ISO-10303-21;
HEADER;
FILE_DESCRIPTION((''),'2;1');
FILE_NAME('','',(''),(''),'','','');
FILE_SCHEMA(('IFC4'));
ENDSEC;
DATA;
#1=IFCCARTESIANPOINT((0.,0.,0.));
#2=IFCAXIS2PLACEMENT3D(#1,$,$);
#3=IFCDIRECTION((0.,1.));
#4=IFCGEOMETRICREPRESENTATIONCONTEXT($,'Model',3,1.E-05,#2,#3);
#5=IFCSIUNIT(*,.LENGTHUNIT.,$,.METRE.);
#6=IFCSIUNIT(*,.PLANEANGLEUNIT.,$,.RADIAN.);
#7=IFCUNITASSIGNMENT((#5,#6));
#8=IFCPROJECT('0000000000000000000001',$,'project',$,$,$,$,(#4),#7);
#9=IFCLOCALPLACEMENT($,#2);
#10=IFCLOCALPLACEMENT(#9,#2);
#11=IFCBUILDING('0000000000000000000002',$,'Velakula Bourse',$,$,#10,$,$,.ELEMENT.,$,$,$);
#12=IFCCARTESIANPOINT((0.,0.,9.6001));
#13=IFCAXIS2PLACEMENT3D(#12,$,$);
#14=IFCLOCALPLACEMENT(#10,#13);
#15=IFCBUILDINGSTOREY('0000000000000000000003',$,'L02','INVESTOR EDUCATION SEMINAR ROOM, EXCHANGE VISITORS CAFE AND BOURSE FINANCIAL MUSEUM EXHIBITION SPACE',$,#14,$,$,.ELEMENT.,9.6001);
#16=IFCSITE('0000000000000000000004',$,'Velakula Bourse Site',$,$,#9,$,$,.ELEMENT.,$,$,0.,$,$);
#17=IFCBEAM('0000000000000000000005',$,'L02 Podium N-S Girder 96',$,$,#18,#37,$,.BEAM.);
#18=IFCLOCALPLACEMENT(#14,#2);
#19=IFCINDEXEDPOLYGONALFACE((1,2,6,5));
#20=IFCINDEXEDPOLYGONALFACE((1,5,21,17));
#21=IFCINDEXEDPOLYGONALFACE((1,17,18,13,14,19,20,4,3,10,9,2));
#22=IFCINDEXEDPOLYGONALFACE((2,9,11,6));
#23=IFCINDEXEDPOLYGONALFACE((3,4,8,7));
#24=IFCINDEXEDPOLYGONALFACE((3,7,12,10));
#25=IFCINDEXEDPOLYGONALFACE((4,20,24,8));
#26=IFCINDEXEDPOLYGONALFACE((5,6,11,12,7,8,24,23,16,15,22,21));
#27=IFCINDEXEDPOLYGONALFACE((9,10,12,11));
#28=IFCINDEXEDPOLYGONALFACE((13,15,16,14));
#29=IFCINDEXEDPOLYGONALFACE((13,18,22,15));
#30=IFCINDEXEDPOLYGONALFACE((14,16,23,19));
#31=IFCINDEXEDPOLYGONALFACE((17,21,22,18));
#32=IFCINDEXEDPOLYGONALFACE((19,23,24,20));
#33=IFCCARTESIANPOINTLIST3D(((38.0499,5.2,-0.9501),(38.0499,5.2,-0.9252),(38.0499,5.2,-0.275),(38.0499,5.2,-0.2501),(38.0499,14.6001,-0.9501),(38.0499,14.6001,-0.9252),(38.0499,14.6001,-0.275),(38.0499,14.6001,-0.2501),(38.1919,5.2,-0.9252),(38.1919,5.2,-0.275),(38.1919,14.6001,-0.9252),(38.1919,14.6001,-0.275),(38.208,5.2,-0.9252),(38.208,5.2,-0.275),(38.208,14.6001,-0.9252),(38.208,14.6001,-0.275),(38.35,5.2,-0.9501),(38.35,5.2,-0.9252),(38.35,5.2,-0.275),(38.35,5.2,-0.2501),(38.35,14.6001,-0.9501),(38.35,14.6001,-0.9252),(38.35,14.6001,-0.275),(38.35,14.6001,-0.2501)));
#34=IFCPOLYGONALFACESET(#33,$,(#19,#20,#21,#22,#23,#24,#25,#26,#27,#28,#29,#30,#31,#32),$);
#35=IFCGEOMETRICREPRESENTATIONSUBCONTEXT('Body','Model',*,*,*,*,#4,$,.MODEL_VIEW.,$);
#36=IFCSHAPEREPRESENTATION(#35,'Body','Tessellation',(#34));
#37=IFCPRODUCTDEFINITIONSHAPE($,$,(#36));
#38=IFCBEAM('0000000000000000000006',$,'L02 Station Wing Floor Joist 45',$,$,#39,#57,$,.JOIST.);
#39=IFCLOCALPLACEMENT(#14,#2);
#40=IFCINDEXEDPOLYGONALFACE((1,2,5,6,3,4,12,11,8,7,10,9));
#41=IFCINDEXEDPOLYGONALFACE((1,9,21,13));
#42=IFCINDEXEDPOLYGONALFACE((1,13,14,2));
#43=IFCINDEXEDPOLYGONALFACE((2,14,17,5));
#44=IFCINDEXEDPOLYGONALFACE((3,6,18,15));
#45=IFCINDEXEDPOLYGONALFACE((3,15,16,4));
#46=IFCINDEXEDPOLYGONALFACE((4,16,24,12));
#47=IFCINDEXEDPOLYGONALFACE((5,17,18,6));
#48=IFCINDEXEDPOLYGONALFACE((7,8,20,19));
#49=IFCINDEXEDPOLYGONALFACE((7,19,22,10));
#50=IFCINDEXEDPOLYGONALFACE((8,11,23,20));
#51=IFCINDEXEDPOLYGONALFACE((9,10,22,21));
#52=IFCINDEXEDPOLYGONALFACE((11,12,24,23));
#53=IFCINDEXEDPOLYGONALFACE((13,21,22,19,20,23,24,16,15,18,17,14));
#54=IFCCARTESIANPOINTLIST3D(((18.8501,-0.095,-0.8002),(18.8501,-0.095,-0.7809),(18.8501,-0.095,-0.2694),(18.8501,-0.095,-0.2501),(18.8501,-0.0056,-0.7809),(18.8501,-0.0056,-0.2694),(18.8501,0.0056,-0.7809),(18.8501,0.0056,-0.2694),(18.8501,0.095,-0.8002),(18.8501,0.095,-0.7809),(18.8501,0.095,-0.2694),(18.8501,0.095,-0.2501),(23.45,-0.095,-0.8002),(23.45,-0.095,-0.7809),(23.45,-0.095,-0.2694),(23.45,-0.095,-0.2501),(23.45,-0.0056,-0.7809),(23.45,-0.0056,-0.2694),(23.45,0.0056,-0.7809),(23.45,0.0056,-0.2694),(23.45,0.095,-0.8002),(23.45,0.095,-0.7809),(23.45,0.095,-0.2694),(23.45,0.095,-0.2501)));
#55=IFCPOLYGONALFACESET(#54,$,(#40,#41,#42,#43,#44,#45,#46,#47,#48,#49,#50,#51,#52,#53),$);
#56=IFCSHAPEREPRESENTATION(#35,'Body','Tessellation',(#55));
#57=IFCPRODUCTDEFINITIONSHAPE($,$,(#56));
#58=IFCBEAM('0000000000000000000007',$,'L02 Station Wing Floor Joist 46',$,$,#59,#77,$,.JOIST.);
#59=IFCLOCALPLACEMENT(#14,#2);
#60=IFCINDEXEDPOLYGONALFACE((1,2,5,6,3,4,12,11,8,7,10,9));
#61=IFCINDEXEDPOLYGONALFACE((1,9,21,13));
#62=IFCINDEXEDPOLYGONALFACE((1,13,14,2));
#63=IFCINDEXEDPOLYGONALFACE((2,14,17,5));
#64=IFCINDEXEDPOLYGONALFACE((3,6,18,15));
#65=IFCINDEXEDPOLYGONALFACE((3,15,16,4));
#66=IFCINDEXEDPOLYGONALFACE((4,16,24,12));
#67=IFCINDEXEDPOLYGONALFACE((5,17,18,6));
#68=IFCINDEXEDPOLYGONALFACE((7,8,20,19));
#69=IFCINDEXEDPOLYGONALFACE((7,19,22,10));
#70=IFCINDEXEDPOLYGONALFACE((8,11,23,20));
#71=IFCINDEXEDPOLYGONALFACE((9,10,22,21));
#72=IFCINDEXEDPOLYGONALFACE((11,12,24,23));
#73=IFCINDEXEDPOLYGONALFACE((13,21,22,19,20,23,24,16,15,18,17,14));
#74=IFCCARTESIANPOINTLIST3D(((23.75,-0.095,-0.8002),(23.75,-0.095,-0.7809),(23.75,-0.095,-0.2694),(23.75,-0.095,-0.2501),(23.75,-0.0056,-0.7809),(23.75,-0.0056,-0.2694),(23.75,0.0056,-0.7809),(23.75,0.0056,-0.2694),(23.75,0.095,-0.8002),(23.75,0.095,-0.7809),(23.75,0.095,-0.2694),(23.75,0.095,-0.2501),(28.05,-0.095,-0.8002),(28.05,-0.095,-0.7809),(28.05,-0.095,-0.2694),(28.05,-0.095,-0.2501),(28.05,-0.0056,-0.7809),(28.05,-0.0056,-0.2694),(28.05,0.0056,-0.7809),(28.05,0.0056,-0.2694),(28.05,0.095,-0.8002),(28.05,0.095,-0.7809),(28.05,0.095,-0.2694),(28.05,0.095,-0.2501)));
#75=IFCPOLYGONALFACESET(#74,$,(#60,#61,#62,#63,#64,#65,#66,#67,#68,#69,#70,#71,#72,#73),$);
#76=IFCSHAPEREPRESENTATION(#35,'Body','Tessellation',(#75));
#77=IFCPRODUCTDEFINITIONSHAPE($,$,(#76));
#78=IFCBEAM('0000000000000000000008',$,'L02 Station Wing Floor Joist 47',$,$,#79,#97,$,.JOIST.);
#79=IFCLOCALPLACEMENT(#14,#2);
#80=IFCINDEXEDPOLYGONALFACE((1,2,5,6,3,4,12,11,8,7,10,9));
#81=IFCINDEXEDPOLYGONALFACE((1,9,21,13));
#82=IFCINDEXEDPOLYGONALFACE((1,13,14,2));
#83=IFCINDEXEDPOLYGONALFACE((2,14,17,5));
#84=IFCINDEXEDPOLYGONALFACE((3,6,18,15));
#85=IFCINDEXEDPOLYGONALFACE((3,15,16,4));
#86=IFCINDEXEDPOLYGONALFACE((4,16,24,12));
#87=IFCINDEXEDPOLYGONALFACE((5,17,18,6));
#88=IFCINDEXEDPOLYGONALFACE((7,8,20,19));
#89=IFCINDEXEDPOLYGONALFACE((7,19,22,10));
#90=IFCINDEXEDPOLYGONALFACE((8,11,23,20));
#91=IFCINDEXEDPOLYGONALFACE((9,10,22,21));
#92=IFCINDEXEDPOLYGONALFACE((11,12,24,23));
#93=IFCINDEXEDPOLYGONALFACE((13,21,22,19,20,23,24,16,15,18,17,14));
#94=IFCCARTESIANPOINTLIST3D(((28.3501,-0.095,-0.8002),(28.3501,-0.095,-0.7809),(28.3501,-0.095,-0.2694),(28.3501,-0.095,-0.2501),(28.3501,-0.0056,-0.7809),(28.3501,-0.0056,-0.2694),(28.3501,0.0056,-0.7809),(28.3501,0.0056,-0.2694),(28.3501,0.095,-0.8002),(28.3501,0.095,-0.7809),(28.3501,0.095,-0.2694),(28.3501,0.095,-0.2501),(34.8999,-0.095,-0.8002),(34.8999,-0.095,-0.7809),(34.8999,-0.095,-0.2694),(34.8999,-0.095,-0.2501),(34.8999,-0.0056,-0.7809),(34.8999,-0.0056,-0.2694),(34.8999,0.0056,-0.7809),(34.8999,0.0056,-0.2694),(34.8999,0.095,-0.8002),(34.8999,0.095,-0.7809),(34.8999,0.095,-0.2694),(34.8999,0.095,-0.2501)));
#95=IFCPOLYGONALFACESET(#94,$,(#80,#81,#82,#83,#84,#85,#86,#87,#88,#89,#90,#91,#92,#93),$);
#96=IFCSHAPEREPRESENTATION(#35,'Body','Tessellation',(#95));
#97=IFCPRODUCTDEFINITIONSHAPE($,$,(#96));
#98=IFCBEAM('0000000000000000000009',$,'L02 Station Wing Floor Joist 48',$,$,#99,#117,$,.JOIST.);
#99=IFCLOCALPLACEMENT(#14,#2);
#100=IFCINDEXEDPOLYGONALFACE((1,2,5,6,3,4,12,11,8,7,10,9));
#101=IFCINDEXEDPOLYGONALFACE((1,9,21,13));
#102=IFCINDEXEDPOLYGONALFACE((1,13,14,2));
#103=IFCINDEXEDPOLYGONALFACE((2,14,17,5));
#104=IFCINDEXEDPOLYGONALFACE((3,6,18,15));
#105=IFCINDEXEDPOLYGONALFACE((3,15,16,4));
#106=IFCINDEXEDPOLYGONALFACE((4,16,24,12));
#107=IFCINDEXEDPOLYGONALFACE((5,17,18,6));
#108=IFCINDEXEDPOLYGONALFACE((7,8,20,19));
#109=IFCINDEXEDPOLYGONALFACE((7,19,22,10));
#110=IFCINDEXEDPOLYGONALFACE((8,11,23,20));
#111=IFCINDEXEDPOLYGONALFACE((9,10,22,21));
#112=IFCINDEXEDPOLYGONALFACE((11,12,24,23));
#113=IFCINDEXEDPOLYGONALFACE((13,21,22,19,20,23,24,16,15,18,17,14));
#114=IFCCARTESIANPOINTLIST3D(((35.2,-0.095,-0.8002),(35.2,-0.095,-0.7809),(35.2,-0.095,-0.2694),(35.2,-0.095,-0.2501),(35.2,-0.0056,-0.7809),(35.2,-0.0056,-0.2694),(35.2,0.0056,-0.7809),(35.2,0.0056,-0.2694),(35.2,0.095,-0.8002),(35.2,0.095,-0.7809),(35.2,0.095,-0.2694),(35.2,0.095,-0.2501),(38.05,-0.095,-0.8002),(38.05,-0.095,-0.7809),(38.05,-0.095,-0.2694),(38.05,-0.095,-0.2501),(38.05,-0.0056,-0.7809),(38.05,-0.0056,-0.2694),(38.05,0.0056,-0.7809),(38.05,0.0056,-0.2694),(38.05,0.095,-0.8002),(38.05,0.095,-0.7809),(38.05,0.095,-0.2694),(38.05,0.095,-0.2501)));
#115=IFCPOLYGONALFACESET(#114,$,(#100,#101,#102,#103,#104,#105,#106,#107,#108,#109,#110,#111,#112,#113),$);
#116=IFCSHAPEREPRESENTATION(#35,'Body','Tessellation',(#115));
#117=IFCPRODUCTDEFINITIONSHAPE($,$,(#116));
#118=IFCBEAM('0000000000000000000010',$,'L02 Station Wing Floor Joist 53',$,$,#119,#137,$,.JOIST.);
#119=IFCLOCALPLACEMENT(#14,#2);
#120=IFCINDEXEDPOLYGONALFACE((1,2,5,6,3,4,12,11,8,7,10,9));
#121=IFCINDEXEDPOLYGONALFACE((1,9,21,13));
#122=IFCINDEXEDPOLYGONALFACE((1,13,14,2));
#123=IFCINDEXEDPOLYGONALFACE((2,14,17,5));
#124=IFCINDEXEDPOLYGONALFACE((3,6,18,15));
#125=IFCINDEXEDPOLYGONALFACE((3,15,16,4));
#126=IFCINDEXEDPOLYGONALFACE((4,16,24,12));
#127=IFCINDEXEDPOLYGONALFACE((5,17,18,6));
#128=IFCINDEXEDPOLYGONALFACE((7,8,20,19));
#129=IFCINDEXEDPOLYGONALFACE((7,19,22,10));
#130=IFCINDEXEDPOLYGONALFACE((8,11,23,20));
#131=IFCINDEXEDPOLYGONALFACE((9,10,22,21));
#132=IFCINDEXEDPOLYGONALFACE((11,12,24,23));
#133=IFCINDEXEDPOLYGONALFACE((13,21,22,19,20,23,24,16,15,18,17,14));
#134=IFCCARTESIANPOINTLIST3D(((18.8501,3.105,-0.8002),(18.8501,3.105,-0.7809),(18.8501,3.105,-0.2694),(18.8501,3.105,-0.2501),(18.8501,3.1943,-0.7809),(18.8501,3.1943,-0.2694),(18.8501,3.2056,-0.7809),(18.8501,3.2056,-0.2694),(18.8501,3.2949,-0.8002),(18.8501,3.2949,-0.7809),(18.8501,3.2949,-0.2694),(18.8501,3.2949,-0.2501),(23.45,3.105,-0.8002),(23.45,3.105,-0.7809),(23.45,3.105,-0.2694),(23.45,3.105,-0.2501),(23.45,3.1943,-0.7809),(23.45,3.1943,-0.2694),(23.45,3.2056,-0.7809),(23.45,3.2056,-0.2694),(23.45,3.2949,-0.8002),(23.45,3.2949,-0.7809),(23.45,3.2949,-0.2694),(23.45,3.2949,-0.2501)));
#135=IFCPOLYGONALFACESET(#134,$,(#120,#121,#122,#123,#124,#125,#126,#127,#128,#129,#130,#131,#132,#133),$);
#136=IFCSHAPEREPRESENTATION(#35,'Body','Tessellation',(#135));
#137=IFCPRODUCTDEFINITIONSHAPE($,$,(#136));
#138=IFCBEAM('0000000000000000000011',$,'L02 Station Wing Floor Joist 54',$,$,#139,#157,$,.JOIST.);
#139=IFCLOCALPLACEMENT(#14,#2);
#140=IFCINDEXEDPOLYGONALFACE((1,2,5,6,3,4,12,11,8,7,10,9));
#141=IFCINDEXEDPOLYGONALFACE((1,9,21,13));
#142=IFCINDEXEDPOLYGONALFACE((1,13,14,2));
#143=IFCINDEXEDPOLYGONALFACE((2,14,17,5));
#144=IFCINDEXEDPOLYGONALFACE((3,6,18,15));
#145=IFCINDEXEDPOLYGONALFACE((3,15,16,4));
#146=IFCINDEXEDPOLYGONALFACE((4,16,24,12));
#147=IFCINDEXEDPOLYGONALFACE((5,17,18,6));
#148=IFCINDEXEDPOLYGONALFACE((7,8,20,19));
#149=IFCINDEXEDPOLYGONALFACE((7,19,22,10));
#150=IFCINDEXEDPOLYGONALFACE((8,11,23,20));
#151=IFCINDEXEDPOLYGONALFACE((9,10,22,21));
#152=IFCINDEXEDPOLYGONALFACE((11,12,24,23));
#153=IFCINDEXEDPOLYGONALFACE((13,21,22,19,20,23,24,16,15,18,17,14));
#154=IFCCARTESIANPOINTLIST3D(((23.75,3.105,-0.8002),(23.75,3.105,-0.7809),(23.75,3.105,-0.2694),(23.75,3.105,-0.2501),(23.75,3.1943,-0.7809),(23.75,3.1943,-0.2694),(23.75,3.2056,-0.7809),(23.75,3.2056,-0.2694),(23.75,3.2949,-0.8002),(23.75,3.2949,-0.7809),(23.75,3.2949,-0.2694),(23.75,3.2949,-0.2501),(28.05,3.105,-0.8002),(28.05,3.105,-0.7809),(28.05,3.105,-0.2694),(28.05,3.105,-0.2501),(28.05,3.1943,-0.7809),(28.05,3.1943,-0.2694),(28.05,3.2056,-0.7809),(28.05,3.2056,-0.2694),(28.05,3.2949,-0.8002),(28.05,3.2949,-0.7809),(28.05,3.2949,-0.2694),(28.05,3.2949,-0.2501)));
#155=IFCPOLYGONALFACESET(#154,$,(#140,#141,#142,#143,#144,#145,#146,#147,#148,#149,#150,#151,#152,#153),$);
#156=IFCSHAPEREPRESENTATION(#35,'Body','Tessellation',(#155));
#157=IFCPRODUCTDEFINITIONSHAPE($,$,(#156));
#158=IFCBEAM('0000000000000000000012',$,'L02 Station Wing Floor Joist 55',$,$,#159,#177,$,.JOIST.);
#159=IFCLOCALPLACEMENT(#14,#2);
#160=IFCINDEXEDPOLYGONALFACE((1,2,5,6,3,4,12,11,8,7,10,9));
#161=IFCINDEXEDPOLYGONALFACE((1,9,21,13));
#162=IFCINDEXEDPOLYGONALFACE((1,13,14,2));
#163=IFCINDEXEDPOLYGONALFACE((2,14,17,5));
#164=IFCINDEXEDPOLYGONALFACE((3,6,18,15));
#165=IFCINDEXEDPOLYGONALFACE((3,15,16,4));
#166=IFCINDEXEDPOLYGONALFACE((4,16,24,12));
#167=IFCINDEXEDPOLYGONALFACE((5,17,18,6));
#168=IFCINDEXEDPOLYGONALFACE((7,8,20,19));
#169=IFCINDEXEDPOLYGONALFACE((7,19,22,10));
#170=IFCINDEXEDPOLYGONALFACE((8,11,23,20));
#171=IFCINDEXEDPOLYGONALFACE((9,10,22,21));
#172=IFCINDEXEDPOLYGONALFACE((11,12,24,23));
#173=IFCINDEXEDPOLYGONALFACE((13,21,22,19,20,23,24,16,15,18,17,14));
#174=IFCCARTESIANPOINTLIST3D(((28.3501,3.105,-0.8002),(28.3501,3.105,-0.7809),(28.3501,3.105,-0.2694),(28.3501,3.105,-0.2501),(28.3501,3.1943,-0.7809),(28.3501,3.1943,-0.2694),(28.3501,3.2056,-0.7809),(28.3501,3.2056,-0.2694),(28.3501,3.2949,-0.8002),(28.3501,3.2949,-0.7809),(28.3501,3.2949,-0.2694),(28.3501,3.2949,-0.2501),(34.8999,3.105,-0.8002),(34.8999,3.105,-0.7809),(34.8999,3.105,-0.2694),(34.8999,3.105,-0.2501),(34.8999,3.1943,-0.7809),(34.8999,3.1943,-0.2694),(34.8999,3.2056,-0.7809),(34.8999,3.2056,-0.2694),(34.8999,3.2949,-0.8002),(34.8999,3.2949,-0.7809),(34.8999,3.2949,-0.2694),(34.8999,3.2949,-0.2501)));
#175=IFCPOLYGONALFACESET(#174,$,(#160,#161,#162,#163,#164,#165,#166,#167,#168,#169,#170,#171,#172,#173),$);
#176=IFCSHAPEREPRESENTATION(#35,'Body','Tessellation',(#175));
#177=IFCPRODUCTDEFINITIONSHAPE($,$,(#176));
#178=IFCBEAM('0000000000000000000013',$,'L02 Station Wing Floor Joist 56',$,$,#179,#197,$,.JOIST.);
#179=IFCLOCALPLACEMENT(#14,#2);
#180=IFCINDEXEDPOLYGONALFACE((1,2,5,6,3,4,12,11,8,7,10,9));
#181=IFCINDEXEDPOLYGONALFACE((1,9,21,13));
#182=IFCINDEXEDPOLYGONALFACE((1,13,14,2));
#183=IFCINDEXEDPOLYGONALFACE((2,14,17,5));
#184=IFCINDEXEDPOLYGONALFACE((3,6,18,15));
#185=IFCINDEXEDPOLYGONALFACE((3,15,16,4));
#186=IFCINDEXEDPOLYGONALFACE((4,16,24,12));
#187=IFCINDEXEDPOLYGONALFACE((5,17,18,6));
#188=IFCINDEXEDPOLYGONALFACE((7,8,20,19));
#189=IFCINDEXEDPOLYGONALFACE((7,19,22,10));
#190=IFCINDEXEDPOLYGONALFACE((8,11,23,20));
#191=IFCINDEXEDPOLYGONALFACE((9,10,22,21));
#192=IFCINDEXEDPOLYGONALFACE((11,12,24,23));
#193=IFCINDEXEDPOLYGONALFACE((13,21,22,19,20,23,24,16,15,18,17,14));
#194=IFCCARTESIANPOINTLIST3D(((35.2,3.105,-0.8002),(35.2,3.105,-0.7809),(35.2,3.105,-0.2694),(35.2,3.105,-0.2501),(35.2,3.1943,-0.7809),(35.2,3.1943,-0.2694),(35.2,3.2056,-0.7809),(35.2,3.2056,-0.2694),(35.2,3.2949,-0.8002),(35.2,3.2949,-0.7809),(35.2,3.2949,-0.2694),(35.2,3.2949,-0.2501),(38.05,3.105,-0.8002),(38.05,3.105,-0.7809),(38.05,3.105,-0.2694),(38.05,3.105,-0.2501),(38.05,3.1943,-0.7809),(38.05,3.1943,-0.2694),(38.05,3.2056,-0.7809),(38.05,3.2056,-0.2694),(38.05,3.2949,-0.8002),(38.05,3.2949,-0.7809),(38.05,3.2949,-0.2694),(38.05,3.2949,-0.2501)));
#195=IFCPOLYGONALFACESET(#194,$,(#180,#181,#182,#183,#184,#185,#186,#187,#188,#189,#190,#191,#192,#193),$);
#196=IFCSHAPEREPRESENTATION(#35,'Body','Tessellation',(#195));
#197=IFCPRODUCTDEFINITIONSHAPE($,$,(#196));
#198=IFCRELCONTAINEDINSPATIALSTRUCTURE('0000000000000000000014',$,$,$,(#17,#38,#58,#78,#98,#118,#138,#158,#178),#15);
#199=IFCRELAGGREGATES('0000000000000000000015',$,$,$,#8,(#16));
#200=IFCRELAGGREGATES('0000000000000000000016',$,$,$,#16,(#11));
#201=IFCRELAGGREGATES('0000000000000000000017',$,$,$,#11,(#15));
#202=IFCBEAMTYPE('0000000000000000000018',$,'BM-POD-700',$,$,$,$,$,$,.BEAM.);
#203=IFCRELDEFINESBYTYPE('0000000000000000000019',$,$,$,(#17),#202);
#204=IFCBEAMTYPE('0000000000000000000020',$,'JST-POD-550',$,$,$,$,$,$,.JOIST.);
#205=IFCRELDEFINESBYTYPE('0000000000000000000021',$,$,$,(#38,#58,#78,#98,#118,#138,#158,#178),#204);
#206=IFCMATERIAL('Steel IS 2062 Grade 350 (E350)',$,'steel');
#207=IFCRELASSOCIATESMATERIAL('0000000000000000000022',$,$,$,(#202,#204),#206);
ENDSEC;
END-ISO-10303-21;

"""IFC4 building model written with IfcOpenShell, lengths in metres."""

from ifc_helpers import new_model, si_unit, direction, frame, origin, origin_2d, place, context, subcontext, project, spatial, i_section, extrude, material, material_profile, profile_set, type_object, element, save


model = new_model("IFC4")

# Units and contexts
model_context = context("Model", 3, precision=1e-05, world=origin(), true_north=direction((0.0, 1.0)))
body_context = subcontext(model_context, "Body", "Model", "MODEL_VIEW")
ifc_project = project(units=[si_unit("LENGTHUNIT", "METRE"), si_unit("PLANEANGLEUNIT", "RADIAN")], contexts=[model_context])

# Site, building, storey
site_placement = place(None, origin())
site = spatial("IfcSite", under=ifc_project, at=site_placement, Name="Velakula Bourse Site", CompositionType="ELEMENT", RefElevation=0.0)
building_placement = place(site_placement, origin())
building = spatial("IfcBuilding", under=site, at=building_placement, Name="Velakula Bourse", CompositionType="ELEMENT")
storey_placement = place(building_placement, frame((0.0, 0.0, 9.6001)))
storey = spatial("IfcBuildingStorey", under=building, at=storey_placement, Name="L02", Description="INVESTOR EDUCATION SEMINAR ROOM, EXCHANGE VISITORS CAFE AND BOURSE FINANCIAL MUSEUM EXHIBITION SPACE", CompositionType="ELEMENT", Elevation=9.6001)

# Beams
ifc_material_1 = material(Name="Steel IS 2062 Grade 350 (E350)", Category="steel")
ifc_material_profile_1 = material_profile(ifc_material_1, i_section(OverallWidth=0.3, OverallDepth=0.7, WebThickness=0.0161, FlangeThickness=0.0249, at=origin_2d()), Name="Steel IS 2062 Grade 350 (E350)")
ifc_profile_set_1 = profile_set([ifc_material_profile_1], Name="Steel IS 2062 Grade 350 (E350)")
beam_type_1 = type_object("IfcBeamType", Name="BM-POD-700", PredefinedType="BEAM", material=ifc_profile_set_1)
beam_1_placement = place(storey_placement, frame((38.2, 5.2, -0.6001), z_axis=(0.0, 1.0, 0.0), x_axis=(-1.0, 0.0, 0.0)))
element("IfcBeam", 1, at=beam_1_placement, inside=storey, type_object=beam_type_1, Name="L02 Podium N-S Girder 96", PredefinedType="BEAM", context=body_context, shape_type="SweptSolid", body=[
    extrude(i_section(OverallWidth=0.3, OverallDepth=0.7, WebThickness=0.0161, FlangeThickness=0.0249, at=origin_2d()), origin(), (0.0, 0.0, 1.0), 9.4001),
])
ifc_material_profile_2 = material_profile(ifc_material_1, i_section(OverallWidth=0.1899, OverallDepth=0.55, WebThickness=0.0112, FlangeThickness=0.0193, at=origin_2d()), Name="Steel IS 2062 Grade 350 (E350)")
ifc_profile_set_2 = profile_set([ifc_material_profile_2], Name="Steel IS 2062 Grade 350 (E350)")
beam_type_2 = type_object("IfcBeamType", Name="JST-POD-550", PredefinedType="JOIST", material=ifc_profile_set_2)
beam_2_placement = place(storey_placement, frame((18.8501, 0.0, -0.5251), z_axis=(1.0, 0.0, 0.0), x_axis=(0.0, 1.0, 0.0)))
element("IfcBeam", 2, at=beam_2_placement, inside=storey, type_object=beam_type_2, Name="L02 Station Wing Floor Joist 45", PredefinedType="JOIST", context=body_context, shape_type="SweptSolid", body=[
    extrude(i_section(OverallWidth=0.1899, OverallDepth=0.55, WebThickness=0.0112, FlangeThickness=0.0193, at=origin_2d()), origin(), (0.0, 0.0, 1.0), 4.5999),
])
beam_3_placement = place(storey_placement, frame((23.75, 0.0, -0.5251), z_axis=(1.0, 0.0, 0.0), x_axis=(0.0, 1.0, 0.0)))
element("IfcBeam", 3, at=beam_3_placement, inside=storey, type_object=beam_type_2, Name="L02 Station Wing Floor Joist 46", PredefinedType="JOIST", context=body_context, shape_type="SweptSolid", body=[
    extrude(i_section(OverallWidth=0.1899, OverallDepth=0.55, WebThickness=0.0112, FlangeThickness=0.0193, at=origin_2d()), origin(), (0.0, 0.0, 1.0), 4.3),
])
beam_4_placement = place(storey_placement, frame((28.3501, 0.0, -0.5251), z_axis=(1.0, 0.0, 0.0), x_axis=(0.0, 1.0, 0.0)))
element("IfcBeam", 4, at=beam_4_placement, inside=storey, type_object=beam_type_2, Name="L02 Station Wing Floor Joist 47", PredefinedType="JOIST", context=body_context, shape_type="SweptSolid", body=[
    extrude(i_section(OverallWidth=0.1899, OverallDepth=0.55, WebThickness=0.0112, FlangeThickness=0.0193, at=origin_2d()), origin(), (0.0, 0.0, 1.0), 6.5498),
])
beam_5_placement = place(storey_placement, frame((35.2, 0.0, -0.5251), z_axis=(1.0, 0.0, 0.0), x_axis=(0.0, 1.0, 0.0)))
element("IfcBeam", 5, at=beam_5_placement, inside=storey, type_object=beam_type_2, Name="L02 Station Wing Floor Joist 48", PredefinedType="JOIST", context=body_context, shape_type="SweptSolid", body=[
    extrude(i_section(OverallWidth=0.1899, OverallDepth=0.55, WebThickness=0.0112, FlangeThickness=0.0193, at=origin_2d()), origin(), (0.0, 0.0, 1.0), 2.8501),
])
beam_6_placement = place(storey_placement, frame((18.8501, 3.2, -0.5251), z_axis=(1.0, 0.0, 0.0), x_axis=(0.0, 1.0, 0.0)))
element("IfcBeam", 6, at=beam_6_placement, inside=storey, type_object=beam_type_2, Name="L02 Station Wing Floor Joist 53", PredefinedType="JOIST", context=body_context, shape_type="SweptSolid", body=[
    extrude(i_section(OverallWidth=0.1899, OverallDepth=0.55, WebThickness=0.0112, FlangeThickness=0.0193, at=origin_2d()), origin(), (0.0, 0.0, 1.0), 4.5999),
])
beam_7_placement = place(storey_placement, frame((23.75, 3.2, -0.5251), z_axis=(1.0, 0.0, 0.0), x_axis=(0.0, 1.0, 0.0)))
element("IfcBeam", 7, at=beam_7_placement, inside=storey, type_object=beam_type_2, Name="L02 Station Wing Floor Joist 54", PredefinedType="JOIST", context=body_context, shape_type="SweptSolid", body=[
    extrude(i_section(OverallWidth=0.1899, OverallDepth=0.55, WebThickness=0.0112, FlangeThickness=0.0193, at=origin_2d()), origin(), (0.0, 0.0, 1.0), 4.3),
])
beam_8_placement = place(storey_placement, frame((28.3501, 3.2, -0.5251), z_axis=(1.0, 0.0, 0.0), x_axis=(0.0, 1.0, 0.0)))
element("IfcBeam", 8, at=beam_8_placement, inside=storey, type_object=beam_type_2, Name="L02 Station Wing Floor Joist 55", PredefinedType="JOIST", context=body_context, shape_type="SweptSolid", body=[
    extrude(i_section(OverallWidth=0.1899, OverallDepth=0.55, WebThickness=0.0112, FlangeThickness=0.0193, at=origin_2d()), origin(), (0.0, 0.0, 1.0), 6.5498),
])
beam_9_placement = place(storey_placement, frame((35.2, 3.2, -0.5251), z_axis=(1.0, 0.0, 0.0), x_axis=(0.0, 1.0, 0.0)))
element("IfcBeam", 9, at=beam_9_placement, inside=storey, type_object=beam_type_2, Name="L02 Station Wing Floor Joist 56", PredefinedType="JOIST", context=body_context, shape_type="SweptSolid", body=[
    extrude(i_section(OverallWidth=0.1899, OverallDepth=0.55, WebThickness=0.0112, FlangeThickness=0.0193, at=origin_2d()), origin(), (0.0, 0.0, 1.0), 2.8501),
])

save(model, "model.ifc")
